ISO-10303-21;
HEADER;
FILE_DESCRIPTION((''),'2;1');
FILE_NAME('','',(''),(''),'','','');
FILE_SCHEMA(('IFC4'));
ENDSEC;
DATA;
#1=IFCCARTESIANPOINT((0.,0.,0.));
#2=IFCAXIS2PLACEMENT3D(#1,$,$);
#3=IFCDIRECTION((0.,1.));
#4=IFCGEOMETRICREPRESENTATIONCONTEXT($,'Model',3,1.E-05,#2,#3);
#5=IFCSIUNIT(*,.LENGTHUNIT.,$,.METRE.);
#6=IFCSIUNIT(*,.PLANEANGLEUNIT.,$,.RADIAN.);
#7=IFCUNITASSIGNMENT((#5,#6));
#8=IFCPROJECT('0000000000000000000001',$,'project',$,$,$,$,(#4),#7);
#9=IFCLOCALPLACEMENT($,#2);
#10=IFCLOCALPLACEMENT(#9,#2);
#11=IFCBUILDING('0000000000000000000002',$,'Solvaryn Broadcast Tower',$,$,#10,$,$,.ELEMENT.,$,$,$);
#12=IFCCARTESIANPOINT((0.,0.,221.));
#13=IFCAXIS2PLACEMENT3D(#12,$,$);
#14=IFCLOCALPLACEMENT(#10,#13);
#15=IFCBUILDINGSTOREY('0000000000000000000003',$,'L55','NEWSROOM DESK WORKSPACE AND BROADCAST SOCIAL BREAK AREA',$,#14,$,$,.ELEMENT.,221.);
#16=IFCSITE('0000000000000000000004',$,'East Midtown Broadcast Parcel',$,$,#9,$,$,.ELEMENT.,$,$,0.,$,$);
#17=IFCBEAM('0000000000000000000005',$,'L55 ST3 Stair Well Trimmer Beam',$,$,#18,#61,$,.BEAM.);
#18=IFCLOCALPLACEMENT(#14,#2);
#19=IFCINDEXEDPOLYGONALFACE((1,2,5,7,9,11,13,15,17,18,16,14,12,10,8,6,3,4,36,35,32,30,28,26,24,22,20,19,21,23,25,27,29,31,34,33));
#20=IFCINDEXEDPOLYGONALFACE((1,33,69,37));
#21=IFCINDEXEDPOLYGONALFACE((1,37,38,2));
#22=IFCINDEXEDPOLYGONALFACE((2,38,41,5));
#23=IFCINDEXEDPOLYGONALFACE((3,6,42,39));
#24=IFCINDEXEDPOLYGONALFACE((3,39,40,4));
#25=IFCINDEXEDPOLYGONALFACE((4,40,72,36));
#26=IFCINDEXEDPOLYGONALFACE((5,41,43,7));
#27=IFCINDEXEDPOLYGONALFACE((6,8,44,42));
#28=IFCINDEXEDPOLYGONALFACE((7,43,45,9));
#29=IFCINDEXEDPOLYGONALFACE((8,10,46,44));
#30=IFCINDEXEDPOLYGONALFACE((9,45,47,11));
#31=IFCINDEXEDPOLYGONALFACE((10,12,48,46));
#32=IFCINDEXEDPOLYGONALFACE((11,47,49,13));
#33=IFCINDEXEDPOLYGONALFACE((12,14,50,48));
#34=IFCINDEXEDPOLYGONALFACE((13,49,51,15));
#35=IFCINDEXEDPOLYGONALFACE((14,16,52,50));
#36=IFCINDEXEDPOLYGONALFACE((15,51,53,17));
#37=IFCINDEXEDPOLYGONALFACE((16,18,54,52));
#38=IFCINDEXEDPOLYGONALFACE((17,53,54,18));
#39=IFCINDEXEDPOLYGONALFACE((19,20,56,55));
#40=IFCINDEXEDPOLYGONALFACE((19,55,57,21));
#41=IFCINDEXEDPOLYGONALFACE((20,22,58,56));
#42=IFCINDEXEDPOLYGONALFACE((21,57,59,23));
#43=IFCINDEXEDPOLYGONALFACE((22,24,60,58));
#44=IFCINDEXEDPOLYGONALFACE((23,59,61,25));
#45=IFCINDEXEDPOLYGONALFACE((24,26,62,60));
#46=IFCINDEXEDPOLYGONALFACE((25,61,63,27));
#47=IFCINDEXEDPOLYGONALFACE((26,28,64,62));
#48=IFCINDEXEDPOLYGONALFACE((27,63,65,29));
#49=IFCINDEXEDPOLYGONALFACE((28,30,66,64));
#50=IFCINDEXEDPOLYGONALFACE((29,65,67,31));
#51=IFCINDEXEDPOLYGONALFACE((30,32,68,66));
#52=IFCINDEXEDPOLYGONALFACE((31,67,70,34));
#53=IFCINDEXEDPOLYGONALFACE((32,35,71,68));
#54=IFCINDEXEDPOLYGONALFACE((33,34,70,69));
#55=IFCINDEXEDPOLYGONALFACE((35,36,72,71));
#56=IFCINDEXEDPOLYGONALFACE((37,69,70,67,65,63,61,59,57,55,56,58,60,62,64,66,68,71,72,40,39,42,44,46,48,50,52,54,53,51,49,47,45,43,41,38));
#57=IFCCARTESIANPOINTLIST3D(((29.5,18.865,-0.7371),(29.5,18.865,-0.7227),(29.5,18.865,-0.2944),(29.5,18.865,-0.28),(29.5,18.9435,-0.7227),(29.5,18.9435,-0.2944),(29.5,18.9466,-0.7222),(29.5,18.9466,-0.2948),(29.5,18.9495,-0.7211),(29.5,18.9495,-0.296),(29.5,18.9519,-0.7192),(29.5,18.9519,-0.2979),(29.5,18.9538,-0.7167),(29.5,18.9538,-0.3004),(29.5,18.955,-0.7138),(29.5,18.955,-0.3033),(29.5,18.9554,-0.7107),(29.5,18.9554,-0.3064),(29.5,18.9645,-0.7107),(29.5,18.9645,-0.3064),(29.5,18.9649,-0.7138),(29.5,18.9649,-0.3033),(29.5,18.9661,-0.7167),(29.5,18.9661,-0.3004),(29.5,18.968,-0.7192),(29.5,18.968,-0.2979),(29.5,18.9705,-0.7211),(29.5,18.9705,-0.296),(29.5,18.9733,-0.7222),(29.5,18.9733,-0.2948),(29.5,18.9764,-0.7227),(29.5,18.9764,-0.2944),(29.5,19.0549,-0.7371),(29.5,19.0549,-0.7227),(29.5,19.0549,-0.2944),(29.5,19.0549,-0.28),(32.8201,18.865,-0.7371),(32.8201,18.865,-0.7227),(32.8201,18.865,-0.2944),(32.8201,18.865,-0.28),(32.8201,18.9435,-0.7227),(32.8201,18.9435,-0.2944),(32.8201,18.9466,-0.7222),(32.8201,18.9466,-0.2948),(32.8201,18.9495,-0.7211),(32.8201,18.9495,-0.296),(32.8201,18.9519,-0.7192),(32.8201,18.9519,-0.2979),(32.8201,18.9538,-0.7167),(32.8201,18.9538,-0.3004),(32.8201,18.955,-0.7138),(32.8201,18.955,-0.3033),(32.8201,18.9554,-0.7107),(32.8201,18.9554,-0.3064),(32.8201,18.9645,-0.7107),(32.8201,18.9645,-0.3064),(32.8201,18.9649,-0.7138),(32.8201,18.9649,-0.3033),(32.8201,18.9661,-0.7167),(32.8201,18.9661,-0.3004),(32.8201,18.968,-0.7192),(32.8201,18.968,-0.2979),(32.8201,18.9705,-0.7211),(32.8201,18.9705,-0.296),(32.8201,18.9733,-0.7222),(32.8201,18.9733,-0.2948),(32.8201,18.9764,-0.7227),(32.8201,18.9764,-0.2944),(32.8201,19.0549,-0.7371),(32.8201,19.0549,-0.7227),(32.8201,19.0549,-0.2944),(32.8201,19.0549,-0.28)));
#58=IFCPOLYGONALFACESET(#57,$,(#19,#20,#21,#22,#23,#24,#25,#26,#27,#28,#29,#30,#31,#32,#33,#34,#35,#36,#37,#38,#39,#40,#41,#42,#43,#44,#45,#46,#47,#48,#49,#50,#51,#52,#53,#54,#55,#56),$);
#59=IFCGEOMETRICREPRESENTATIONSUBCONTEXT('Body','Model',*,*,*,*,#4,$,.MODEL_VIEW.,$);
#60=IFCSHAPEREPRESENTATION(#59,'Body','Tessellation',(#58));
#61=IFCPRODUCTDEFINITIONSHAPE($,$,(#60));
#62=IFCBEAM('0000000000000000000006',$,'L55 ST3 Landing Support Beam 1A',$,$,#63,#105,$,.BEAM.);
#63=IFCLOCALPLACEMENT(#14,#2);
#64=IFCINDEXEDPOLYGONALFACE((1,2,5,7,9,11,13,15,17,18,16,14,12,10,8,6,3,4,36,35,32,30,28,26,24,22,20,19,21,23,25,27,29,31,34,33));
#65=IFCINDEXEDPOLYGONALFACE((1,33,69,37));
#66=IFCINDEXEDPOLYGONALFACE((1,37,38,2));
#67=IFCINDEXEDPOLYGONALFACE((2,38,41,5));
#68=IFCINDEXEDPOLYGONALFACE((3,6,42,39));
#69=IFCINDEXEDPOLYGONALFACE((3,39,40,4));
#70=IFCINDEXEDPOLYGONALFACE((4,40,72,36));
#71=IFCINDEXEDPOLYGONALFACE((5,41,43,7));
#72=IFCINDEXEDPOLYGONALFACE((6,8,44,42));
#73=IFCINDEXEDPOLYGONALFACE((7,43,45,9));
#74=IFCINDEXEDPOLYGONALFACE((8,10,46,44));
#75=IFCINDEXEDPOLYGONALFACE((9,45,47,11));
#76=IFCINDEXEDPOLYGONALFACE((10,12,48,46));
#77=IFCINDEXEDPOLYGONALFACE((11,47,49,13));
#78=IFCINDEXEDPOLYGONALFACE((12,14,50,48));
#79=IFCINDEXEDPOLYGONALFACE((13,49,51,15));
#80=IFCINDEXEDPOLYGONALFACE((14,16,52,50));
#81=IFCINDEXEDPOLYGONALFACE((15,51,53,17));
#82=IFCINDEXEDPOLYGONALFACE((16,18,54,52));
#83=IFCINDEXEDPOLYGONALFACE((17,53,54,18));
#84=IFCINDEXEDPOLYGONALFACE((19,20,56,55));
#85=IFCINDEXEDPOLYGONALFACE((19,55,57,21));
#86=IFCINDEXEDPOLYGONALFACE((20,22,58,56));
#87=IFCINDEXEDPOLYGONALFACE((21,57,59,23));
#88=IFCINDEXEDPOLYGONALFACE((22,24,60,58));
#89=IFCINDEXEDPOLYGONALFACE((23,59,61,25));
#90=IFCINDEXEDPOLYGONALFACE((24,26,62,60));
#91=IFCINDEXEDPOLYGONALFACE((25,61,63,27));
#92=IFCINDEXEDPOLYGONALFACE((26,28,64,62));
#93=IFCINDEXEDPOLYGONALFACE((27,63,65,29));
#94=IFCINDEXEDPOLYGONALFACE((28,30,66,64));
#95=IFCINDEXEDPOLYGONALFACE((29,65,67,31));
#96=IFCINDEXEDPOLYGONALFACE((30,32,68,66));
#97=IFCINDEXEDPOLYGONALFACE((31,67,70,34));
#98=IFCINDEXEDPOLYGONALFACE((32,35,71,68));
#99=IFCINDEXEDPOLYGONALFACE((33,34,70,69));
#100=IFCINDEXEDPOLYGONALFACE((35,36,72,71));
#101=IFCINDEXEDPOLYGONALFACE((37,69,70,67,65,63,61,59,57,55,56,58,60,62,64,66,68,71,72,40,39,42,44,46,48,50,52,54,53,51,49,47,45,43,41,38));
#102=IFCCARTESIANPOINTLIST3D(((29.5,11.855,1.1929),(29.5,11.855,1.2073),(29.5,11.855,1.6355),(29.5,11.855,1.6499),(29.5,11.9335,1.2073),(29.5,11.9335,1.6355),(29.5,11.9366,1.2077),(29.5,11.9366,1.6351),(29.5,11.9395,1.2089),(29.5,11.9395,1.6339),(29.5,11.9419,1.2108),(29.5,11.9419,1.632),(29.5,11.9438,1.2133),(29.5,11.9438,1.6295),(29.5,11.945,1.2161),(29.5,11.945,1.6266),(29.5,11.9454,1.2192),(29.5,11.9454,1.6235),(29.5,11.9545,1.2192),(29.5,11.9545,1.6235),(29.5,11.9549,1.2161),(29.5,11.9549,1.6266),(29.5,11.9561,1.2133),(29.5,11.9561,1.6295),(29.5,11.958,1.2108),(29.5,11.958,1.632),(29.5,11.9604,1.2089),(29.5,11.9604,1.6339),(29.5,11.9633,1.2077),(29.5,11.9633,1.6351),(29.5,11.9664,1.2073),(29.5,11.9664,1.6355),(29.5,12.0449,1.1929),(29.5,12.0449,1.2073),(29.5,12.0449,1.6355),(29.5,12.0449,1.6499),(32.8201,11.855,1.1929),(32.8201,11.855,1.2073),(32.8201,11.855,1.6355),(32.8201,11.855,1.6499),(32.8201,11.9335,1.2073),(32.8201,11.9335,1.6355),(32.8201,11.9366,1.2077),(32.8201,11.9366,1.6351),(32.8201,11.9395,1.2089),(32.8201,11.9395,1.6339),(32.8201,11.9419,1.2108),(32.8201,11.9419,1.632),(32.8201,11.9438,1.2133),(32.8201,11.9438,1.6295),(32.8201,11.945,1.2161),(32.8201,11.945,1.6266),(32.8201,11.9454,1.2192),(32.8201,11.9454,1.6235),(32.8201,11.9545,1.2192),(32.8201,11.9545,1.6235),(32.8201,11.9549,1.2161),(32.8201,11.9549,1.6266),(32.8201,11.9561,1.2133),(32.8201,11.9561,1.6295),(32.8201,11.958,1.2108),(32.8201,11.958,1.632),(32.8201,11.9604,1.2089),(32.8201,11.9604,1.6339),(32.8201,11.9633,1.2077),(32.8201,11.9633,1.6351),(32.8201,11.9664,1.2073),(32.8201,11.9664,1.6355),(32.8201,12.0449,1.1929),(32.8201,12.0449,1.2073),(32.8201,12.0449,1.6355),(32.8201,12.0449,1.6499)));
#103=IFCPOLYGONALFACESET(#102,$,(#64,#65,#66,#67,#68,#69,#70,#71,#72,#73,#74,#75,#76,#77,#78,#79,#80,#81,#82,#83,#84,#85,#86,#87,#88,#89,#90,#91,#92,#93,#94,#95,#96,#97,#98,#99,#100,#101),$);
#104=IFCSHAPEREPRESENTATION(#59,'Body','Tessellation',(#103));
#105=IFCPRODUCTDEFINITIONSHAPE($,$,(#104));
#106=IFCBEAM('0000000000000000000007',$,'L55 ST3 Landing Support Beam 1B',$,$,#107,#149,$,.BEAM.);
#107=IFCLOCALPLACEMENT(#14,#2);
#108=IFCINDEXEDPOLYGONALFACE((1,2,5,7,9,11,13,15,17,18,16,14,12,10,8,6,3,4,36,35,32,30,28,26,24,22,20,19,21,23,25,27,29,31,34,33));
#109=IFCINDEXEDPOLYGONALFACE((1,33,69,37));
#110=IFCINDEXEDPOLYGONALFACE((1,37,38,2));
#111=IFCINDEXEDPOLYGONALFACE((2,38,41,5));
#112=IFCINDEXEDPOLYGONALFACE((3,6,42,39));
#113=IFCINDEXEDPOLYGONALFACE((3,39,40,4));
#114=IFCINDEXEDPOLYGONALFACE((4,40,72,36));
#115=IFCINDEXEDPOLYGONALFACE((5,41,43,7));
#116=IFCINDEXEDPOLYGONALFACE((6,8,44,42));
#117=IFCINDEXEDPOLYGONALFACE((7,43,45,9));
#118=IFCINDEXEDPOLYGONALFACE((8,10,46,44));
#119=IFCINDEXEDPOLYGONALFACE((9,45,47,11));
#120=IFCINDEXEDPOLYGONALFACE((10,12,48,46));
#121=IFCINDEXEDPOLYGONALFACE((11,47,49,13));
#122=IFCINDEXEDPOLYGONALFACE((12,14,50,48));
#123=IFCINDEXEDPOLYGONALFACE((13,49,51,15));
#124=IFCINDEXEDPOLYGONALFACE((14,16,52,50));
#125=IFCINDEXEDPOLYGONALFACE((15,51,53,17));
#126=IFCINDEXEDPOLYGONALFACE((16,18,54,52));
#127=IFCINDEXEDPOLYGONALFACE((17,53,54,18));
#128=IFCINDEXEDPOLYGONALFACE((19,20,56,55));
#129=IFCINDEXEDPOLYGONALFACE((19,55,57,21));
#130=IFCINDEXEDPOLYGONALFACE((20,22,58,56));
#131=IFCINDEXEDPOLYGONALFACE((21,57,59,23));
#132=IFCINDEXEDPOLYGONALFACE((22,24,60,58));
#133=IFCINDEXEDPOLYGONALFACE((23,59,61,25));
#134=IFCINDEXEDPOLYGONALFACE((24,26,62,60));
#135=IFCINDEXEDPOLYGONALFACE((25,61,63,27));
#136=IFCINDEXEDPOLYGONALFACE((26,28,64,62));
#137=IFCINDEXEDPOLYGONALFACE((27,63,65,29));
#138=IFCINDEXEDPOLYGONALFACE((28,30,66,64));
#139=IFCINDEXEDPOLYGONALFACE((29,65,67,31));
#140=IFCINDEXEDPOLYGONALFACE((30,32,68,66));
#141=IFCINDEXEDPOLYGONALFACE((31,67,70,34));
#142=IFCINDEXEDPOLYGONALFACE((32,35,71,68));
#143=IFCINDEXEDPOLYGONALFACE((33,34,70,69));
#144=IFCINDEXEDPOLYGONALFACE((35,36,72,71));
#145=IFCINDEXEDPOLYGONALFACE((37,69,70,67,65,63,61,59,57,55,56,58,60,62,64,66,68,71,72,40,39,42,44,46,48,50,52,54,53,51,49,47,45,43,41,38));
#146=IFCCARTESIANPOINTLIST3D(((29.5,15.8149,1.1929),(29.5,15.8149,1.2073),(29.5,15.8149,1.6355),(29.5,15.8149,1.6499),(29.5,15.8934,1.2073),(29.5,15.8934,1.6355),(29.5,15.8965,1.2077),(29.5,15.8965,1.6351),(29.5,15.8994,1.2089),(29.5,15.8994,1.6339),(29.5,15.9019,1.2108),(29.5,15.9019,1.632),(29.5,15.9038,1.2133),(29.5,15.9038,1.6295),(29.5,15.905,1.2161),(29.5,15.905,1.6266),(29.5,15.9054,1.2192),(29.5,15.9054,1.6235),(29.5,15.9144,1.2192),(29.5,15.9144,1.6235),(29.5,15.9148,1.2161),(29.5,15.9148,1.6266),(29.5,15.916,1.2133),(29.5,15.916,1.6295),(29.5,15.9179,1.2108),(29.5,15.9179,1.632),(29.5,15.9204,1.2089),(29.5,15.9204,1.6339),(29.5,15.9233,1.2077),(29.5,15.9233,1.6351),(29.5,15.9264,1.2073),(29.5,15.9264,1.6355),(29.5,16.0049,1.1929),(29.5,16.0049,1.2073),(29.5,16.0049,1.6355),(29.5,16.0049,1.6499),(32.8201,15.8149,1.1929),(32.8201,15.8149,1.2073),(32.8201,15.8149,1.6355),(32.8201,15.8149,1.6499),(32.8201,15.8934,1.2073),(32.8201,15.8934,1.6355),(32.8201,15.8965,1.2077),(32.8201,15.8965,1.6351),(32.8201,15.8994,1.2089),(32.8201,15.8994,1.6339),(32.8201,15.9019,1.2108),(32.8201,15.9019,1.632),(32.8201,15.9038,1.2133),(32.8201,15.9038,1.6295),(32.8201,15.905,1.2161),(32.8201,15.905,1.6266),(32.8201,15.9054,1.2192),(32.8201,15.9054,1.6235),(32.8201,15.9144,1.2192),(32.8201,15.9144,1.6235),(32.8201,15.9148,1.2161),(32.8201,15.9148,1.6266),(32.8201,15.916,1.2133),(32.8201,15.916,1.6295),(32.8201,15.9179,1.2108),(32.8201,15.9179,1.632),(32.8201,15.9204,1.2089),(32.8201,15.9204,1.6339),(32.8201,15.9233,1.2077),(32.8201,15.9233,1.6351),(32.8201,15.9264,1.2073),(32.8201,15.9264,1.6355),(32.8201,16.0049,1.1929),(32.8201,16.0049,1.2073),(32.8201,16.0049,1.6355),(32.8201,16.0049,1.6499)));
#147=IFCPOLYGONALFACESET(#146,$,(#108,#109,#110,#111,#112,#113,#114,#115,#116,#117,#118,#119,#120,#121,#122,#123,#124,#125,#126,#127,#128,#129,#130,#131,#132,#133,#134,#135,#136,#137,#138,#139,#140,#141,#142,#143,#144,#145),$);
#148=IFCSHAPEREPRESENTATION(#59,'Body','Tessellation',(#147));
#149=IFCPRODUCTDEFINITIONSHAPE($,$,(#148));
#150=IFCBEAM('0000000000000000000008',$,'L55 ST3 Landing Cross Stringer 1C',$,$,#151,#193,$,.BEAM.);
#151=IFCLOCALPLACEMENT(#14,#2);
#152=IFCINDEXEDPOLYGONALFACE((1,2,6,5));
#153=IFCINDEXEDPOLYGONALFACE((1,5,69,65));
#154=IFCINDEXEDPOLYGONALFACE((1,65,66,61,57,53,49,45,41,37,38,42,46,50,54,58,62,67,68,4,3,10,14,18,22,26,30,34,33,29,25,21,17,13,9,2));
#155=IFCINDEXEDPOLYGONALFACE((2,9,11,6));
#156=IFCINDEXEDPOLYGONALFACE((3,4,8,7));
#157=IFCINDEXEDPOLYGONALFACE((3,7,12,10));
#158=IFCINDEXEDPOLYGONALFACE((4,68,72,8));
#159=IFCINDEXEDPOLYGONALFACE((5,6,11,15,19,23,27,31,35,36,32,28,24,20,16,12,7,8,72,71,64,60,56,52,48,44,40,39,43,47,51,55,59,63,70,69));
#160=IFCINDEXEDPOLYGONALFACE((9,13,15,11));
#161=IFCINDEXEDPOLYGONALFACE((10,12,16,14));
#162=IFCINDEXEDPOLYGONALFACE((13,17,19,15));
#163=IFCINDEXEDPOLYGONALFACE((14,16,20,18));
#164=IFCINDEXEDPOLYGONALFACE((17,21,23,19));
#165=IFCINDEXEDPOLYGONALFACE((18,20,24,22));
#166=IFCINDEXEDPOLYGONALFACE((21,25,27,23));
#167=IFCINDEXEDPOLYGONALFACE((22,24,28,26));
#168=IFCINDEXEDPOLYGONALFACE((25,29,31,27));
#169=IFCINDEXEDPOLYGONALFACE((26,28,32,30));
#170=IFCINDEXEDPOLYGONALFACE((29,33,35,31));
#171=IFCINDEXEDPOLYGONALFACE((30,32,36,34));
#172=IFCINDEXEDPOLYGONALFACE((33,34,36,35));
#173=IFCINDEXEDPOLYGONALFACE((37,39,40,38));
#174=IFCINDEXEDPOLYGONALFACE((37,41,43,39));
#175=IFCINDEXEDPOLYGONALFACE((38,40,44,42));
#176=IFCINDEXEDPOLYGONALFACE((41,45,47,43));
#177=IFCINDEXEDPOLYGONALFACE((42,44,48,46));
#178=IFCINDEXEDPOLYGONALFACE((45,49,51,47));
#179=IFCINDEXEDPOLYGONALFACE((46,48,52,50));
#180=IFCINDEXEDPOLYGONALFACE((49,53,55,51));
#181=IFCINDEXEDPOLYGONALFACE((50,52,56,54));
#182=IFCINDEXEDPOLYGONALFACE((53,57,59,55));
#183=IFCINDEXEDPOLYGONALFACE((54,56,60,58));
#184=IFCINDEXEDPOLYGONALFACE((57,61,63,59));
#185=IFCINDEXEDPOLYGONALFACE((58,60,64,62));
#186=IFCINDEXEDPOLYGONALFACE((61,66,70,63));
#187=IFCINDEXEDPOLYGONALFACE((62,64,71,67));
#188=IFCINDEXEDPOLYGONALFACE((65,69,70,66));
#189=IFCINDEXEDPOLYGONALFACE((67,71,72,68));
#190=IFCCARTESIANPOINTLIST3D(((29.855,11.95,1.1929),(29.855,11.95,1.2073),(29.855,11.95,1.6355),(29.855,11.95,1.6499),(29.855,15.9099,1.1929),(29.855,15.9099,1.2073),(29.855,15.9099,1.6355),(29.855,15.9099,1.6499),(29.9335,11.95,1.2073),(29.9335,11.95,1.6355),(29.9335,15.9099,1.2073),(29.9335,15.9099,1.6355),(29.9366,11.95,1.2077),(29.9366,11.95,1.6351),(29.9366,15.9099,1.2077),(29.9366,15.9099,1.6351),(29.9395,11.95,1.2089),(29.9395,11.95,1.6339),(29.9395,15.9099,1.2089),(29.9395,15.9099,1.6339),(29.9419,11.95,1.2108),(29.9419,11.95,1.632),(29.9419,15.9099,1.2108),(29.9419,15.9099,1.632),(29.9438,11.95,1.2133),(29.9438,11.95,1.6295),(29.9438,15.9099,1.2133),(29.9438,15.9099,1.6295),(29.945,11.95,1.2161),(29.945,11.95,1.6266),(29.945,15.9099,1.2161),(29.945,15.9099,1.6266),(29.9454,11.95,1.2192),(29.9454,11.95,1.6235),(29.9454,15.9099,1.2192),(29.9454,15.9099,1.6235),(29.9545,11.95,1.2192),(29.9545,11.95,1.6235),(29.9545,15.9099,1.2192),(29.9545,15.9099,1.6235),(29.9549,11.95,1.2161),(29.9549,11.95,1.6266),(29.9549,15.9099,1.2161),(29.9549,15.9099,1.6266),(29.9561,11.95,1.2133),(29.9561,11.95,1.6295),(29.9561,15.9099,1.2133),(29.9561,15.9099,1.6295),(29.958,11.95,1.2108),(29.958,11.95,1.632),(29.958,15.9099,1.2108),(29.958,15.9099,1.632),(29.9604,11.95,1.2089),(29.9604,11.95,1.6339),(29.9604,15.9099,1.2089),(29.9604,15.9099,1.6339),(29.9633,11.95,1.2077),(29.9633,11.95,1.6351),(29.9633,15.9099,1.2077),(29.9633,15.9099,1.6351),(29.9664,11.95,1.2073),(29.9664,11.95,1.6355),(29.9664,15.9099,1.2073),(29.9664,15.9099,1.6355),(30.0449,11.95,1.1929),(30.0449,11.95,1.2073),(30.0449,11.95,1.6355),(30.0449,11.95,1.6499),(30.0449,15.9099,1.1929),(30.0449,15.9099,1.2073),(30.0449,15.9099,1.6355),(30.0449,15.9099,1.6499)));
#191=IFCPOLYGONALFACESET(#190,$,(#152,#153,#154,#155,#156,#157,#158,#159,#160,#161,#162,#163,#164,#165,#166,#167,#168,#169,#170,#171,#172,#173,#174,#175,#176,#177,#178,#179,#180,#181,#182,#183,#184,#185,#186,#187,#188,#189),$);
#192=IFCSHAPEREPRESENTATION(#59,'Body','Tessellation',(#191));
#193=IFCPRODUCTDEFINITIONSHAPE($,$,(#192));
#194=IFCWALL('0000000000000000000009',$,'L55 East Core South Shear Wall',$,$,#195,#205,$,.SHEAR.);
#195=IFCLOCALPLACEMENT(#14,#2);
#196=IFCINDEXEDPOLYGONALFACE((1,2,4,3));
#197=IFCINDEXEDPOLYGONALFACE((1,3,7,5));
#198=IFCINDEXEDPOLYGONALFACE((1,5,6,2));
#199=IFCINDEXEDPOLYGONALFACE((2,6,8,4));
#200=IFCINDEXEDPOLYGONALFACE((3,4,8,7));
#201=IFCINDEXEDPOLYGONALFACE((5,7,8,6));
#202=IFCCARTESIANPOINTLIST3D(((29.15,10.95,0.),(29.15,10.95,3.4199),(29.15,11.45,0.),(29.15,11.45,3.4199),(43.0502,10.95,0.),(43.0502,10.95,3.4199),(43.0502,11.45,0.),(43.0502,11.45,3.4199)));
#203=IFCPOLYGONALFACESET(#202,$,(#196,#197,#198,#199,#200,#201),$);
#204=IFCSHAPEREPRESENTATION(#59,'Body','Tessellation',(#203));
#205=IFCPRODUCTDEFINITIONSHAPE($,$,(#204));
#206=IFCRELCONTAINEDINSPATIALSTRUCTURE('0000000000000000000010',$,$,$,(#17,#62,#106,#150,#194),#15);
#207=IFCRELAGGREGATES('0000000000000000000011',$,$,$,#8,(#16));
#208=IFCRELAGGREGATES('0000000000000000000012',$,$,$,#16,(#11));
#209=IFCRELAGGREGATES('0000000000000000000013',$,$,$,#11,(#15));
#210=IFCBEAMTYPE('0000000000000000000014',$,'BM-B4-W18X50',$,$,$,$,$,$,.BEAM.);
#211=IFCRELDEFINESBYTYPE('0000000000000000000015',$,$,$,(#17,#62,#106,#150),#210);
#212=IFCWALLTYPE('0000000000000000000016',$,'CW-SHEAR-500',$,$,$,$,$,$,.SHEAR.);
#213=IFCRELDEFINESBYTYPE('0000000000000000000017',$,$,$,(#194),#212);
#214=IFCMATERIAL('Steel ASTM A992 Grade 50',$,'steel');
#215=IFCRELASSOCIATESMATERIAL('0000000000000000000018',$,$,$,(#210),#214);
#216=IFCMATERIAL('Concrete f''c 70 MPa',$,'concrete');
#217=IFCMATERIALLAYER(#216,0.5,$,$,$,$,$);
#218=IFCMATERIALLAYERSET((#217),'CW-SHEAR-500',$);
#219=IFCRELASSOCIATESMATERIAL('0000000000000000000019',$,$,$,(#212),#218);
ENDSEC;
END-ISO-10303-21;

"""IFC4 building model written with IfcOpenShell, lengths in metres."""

from ifc_helpers import new_model, si_unit, direction, frame, frame_2d, origin, origin_2d, place, context, subcontext, project, spatial, rectangle, i_section, extrude, material, layer, layer_set, material_profile, profile_set, type_object, element, save


model = new_model("IFC4")

# Units and contexts
model_context = context("Model", 3, precision=1e-05, world=origin(), true_north=direction((0.0, 1.0)))
body_context = subcontext(model_context, "Body", "Model", "MODEL_VIEW")
ifc_project = project(units=[si_unit("LENGTHUNIT", "METRE"), si_unit("PLANEANGLEUNIT", "RADIAN")], contexts=[model_context])

# Site, building, storey
site_placement = place(None, origin())
site = spatial("IfcSite", under=ifc_project, at=site_placement, Name="East Midtown Broadcast Parcel", CompositionType="ELEMENT", RefElevation=0.0)
building_placement = place(site_placement, origin())
building = spatial("IfcBuilding", under=site, at=building_placement, Name="Solvaryn Broadcast Tower", CompositionType="ELEMENT")
storey_placement = place(building_placement, frame((0.0, 0.0, 221.0)))
storey = spatial("IfcBuildingStorey", under=building, at=storey_placement, Name="L55", Description="NEWSROOM DESK WORKSPACE AND BROADCAST SOCIAL BREAK AREA", CompositionType="ELEMENT", Elevation=221.0)

# Beams
ifc_material_1 = material(Name="Steel ASTM A992 Grade 50", Category="steel")
ifc_material_profile_1 = material_profile(ifc_material_1, i_section(OverallWidth=0.1899, OverallDepth=0.457, WebThickness=0.009, FlangeThickness=0.0144, FilletRadius=0.012, at=origin_2d()))
ifc_profile_set_1 = profile_set([ifc_material_profile_1], Name="Steel ASTM A992 Grade 50")
beam_type_1 = type_object("IfcBeamType", Name="BM-B4-W18X50", PredefinedType="BEAM", material=ifc_profile_set_1)
for number, where, z_axis, x_axis, name in (
    (1, (29.5, 18.96, -0.5085), (1.0, 0.0, 0.0), (0.0, 1.0, 0.0), "L55 ST3 Stair Well Trimmer Beam"),
    (2, (29.5, 11.95, 1.4214), (1.0, 0.0, 0.0), (0.0, 1.0, 0.0), "L55 ST3 Landing Support Beam 1A"),
    (3, (29.5, 15.9099, 1.4214), (1.0, 0.0, 0.0), (0.0, 1.0, 0.0), "L55 ST3 Landing Support Beam 1B"),
):
    element("IfcBeam", number, at=place(storey_placement, frame(where, z_axis=z_axis, x_axis=x_axis)), inside=storey, type_object=beam_type_1, Name=name, PredefinedType="BEAM", context=body_context, shape_type="SweptSolid", body=[
        extrude(i_section(OverallWidth=0.1899, OverallDepth=0.457, WebThickness=0.009, FlangeThickness=0.0144, FilletRadius=0.012, at=origin_2d()), origin(), (0.0, 0.0, 1.0), 3.3201),
    ])
beam_1_placement = place(storey_placement, frame((29.95, 11.95, 1.4214), z_axis=(0.0, 1.0, 0.0), x_axis=(-1.0, 0.0, 0.0)))
element("IfcBeam", 4, at=beam_1_placement, inside=storey, type_object=beam_type_1, Name="L55 ST3 Landing Cross Stringer 1C", PredefinedType="BEAM", context=body_context, shape_type="SweptSolid", body=[
    extrude(i_section(OverallWidth=0.1899, OverallDepth=0.457, WebThickness=0.009, FlangeThickness=0.0144, FilletRadius=0.012, at=origin_2d()), origin(), (0.0, 0.0, 1.0), 3.96),
])

# Wall
ifc_material_2 = material(Name="Concrete f'c 70 MPa", Category="concrete")
ifc_layer_1 = layer(ifc_material_2, 0.5)
ifc_layer_set_1 = layer_set([ifc_layer_1], Name="CW-SHEAR-500")
wall_type_1 = type_object("IfcWallType", Name="CW-SHEAR-500", PredefinedType="SHEAR", material=ifc_layer_set_1)
wall_1_placement = place(storey_placement, frame((29.1499, 11.2, 0.0), z_axis=(0.0, 0.0, 1.0), x_axis=(1.0, 0.0, 0.0)))
element("IfcWall", 5, at=wall_1_placement, inside=storey, type_object=wall_type_1, Name="L55 East Core South Shear Wall", PredefinedType="SHEAR", context=body_context, shape_type="SweptSolid", body=[
    extrude(rectangle(XDim=13.9001, YDim=0.5, at=frame_2d((6.9502, 0.0))), origin(), (0.0, 0.0, 1.0), 3.4199),
])

save(model, "model.ifc")
